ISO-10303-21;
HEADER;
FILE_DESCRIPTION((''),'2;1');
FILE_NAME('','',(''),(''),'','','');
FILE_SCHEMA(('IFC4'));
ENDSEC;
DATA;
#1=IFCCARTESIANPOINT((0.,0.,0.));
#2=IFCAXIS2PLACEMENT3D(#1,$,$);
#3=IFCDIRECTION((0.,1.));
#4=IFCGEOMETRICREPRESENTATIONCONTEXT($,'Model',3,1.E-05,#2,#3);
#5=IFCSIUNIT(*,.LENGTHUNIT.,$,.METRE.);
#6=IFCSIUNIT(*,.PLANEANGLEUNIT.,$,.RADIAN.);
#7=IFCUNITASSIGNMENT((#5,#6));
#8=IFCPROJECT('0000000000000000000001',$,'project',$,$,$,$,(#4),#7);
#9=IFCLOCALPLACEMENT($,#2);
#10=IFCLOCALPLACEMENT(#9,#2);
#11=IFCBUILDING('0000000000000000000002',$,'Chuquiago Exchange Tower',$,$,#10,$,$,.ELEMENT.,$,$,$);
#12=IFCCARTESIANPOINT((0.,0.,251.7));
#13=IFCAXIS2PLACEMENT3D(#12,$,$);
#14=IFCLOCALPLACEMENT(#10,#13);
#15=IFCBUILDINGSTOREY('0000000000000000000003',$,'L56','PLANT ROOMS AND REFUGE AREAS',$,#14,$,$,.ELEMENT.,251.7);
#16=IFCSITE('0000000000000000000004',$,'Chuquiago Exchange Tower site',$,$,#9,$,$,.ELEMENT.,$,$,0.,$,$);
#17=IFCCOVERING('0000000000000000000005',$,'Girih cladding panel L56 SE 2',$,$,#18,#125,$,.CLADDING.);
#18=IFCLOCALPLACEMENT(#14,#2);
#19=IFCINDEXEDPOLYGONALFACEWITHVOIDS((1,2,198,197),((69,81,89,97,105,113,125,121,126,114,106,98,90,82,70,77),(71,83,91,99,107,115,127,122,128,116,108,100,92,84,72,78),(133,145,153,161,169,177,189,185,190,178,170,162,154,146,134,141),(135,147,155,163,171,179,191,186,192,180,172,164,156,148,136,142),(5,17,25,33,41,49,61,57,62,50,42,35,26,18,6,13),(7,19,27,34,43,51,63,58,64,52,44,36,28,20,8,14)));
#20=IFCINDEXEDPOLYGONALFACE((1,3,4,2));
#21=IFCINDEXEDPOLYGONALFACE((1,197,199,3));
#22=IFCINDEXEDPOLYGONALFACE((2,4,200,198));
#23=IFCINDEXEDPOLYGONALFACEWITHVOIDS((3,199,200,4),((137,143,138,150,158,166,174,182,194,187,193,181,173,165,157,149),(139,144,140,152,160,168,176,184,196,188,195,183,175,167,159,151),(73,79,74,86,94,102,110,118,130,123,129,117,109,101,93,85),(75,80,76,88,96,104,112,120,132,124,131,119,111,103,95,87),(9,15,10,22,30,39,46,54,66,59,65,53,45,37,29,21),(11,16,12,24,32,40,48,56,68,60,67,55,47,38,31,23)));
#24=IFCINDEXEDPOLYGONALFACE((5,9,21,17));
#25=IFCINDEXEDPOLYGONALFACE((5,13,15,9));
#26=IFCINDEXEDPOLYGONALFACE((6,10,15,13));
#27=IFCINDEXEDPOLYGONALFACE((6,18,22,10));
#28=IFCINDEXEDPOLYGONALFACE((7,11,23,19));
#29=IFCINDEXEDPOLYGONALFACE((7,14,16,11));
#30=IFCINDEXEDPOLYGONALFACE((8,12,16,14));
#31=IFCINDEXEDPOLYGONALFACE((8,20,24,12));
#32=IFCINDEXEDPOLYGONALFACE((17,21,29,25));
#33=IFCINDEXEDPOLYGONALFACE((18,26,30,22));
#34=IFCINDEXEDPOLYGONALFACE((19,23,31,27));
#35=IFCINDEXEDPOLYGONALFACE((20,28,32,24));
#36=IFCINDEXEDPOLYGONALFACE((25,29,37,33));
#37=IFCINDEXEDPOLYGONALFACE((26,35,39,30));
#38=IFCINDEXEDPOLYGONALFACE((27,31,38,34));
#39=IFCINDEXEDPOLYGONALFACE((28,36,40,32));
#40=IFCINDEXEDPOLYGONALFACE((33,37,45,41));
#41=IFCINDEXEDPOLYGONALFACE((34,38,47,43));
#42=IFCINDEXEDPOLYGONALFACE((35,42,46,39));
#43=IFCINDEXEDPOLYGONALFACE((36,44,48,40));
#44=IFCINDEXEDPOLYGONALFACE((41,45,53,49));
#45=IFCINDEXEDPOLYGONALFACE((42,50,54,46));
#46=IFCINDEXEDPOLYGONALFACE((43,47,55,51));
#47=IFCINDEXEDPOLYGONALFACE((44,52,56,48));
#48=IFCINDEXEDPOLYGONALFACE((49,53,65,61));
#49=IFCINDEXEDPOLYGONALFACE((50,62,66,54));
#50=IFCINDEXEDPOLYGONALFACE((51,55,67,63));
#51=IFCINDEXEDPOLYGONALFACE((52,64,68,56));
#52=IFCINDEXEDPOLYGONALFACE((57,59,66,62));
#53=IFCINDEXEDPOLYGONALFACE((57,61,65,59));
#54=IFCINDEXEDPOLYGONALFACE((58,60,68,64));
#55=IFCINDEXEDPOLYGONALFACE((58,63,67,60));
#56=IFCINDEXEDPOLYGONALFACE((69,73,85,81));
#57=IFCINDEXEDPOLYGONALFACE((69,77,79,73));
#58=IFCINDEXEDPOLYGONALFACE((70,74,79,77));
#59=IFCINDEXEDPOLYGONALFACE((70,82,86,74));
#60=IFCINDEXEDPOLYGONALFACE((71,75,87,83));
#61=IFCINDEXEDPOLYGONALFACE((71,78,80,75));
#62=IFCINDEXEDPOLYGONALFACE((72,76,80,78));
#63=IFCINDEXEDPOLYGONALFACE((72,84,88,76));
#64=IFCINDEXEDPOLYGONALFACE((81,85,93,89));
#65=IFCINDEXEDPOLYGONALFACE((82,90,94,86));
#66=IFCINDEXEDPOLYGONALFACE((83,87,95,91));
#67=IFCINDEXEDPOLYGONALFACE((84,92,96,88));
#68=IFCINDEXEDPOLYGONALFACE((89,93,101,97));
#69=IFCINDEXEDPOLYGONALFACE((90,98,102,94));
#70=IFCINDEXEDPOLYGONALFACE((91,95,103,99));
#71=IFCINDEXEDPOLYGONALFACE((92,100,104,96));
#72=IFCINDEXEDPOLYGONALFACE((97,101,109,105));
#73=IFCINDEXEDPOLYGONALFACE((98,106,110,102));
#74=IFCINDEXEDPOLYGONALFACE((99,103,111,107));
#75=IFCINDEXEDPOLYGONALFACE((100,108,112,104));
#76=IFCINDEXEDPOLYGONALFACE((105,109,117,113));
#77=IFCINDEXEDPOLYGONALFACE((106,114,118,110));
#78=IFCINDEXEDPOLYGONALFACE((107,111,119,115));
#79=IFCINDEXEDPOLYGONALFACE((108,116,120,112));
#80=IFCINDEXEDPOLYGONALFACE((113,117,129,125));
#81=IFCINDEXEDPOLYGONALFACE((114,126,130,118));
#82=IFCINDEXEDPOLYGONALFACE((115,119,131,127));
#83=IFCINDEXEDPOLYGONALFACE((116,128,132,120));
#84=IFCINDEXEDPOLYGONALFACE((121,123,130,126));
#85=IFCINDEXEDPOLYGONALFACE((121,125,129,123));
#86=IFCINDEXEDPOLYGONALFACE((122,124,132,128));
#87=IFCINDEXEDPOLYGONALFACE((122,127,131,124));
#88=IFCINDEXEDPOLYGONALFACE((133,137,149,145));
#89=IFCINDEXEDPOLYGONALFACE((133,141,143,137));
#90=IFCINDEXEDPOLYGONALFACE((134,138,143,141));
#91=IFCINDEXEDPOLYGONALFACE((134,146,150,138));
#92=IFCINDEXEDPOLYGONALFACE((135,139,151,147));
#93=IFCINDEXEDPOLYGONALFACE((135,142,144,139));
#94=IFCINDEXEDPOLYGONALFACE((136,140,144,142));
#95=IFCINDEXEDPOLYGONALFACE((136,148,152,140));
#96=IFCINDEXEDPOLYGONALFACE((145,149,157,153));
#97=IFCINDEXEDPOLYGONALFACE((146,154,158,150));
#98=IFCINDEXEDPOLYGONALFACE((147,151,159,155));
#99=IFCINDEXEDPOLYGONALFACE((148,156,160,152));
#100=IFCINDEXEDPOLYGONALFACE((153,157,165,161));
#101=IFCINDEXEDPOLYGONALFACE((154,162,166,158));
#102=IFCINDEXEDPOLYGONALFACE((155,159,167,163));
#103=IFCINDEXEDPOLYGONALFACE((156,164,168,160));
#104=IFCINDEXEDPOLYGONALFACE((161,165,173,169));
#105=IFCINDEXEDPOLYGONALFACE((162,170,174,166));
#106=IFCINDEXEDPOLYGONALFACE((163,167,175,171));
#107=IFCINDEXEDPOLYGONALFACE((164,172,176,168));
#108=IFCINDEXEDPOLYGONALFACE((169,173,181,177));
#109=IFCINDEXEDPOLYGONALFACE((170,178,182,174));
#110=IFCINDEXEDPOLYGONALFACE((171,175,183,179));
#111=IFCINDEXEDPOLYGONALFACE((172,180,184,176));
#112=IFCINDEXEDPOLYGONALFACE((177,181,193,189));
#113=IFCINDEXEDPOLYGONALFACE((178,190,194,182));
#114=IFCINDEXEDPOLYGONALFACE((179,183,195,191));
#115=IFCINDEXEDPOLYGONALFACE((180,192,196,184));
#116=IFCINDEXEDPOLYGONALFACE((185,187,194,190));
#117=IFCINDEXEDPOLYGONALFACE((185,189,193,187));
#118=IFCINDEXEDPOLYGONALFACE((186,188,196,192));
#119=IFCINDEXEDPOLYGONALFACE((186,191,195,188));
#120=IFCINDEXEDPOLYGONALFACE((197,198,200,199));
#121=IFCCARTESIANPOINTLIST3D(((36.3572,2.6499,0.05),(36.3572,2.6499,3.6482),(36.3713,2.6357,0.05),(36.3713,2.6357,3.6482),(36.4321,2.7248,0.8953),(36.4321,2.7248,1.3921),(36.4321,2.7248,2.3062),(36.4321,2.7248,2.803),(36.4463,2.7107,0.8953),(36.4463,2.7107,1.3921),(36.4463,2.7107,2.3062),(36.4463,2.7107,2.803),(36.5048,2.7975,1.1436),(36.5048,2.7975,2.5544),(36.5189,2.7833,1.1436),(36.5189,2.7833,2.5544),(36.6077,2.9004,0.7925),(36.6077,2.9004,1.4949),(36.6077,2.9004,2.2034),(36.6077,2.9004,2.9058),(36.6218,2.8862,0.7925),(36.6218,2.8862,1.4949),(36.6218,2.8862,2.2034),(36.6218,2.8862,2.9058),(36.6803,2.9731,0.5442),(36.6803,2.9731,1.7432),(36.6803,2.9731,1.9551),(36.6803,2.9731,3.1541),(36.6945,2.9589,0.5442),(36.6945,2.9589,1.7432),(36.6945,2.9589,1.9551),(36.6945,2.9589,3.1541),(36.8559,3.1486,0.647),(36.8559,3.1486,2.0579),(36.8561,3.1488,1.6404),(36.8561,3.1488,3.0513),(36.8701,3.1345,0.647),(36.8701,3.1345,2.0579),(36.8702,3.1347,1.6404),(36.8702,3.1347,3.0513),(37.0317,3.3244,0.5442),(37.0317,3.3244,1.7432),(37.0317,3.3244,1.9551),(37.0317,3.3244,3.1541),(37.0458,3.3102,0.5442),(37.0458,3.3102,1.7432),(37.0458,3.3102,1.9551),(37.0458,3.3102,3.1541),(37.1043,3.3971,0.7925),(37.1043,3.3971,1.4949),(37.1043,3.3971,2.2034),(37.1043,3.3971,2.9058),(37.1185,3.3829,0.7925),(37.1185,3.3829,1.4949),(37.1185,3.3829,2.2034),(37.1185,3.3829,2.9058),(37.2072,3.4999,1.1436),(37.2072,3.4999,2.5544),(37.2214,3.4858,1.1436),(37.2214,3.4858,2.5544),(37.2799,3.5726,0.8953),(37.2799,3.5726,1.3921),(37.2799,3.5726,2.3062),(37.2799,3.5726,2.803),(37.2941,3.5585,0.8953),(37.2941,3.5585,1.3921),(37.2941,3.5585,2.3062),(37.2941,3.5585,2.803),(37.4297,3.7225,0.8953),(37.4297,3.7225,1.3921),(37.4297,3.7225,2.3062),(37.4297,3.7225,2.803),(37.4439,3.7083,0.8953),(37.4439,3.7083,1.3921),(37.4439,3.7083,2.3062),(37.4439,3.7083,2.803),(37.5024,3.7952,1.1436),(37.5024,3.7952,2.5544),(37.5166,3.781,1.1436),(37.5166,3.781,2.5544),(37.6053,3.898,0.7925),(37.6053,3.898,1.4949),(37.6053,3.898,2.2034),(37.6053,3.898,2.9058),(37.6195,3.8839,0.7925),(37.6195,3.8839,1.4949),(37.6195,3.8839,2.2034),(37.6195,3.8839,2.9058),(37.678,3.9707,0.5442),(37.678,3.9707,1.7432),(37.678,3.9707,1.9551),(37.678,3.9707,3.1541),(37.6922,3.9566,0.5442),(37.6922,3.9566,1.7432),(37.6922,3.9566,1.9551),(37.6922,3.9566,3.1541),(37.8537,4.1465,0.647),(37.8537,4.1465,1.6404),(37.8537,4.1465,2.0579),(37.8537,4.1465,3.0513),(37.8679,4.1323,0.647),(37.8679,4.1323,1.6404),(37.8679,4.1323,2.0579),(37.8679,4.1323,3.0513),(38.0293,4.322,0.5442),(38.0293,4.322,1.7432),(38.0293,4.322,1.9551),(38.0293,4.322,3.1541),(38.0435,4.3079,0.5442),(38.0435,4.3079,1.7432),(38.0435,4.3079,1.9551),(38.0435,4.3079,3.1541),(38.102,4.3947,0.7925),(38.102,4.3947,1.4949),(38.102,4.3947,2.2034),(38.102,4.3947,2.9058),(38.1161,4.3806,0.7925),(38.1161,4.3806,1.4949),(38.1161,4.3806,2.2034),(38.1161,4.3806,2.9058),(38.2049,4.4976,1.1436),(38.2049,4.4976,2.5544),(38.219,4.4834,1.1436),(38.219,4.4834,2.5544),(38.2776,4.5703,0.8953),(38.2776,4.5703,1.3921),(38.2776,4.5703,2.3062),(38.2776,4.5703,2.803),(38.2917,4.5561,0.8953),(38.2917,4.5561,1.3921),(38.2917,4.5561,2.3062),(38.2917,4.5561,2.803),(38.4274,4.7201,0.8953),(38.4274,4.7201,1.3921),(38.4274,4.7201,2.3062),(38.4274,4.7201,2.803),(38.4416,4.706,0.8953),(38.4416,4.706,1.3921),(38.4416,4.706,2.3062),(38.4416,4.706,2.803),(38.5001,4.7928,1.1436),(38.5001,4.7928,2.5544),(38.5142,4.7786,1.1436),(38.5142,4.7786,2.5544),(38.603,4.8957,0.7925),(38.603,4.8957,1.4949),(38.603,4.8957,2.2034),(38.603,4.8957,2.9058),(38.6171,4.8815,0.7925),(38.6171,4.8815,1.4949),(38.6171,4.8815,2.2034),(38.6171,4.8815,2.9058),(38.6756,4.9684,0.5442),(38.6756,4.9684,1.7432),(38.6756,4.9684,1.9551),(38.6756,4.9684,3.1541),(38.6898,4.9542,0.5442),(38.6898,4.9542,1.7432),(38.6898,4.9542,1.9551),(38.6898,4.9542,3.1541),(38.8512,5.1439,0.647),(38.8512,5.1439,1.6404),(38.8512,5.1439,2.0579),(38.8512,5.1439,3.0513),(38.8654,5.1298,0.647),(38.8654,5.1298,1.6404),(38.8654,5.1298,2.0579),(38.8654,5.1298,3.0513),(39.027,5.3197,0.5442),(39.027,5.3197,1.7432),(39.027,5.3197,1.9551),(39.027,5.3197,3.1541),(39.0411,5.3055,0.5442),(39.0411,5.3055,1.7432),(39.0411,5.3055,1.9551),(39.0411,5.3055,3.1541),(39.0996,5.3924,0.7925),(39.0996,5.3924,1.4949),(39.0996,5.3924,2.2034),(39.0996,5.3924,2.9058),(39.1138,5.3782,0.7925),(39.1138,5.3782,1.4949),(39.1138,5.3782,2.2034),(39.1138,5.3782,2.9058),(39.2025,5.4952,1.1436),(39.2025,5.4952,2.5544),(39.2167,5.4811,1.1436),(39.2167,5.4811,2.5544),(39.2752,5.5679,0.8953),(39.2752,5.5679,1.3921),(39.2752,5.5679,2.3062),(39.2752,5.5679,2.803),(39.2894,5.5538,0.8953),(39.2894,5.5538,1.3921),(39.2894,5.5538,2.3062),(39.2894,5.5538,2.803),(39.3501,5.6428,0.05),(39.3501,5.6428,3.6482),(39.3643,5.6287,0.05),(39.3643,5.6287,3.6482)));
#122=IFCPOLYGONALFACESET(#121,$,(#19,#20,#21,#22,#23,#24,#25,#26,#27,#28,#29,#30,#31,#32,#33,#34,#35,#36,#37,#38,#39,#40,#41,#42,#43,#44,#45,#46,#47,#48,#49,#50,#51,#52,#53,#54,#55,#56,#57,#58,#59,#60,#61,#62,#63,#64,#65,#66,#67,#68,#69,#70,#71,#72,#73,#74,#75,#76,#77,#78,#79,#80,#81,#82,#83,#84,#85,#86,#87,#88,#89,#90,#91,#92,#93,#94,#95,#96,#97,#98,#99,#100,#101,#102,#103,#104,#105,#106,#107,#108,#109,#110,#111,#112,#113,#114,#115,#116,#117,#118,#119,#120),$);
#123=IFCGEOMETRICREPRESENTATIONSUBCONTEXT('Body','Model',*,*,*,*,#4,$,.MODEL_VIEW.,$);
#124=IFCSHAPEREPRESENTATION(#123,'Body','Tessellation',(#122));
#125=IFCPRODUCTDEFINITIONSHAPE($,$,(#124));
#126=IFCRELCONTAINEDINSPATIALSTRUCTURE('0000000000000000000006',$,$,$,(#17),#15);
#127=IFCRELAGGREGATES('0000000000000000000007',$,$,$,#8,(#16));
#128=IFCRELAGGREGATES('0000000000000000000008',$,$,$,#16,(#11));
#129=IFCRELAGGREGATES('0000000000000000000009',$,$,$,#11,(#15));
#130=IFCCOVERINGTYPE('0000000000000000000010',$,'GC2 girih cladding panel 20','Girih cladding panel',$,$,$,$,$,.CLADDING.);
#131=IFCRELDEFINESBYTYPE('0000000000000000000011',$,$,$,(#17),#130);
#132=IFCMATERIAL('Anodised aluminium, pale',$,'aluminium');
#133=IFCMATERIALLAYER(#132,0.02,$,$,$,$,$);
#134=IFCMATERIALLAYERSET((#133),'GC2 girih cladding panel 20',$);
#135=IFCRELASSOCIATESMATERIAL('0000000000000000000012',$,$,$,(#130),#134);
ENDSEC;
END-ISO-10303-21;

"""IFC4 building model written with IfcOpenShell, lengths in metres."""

from ifc_helpers import new_model, si_unit, direction, frame, origin, place, context, subcontext, project, spatial, polyline, outline, extrude, material, layer, layer_set, type_object, element, save


model = new_model("IFC4")

# Units and contexts
model_context = context("Model", 3, precision=1e-05, world=origin(), true_north=direction((0.0, 1.0)))
body_context = subcontext(model_context, "Body", "Model", "MODEL_VIEW")
ifc_project = project(units=[si_unit("LENGTHUNIT", "METRE"), si_unit("PLANEANGLEUNIT", "RADIAN")], contexts=[model_context])

# Site, building, storey
site_placement = place(None, origin())
site = spatial("IfcSite", under=ifc_project, at=site_placement, Name="Chuquiago Exchange Tower site", CompositionType="ELEMENT", RefElevation=0.0)
building_placement = place(site_placement, origin())
building = spatial("IfcBuilding", under=site, at=building_placement, Name="Chuquiago Exchange Tower", CompositionType="ELEMENT")
storey_placement = place(building_placement, frame((0.0, 0.0, 251.7)))
storey = spatial("IfcBuildingStorey", under=building, at=storey_placement, Name="L56", Description="PLANT ROOMS AND REFUGE AREAS", CompositionType="ELEMENT", Elevation=251.7)

# Covering
ifc_material_1 = material(Name="Anodised aluminium, pale", Category="aluminium")
ifc_layer_1 = layer(ifc_material_1, 0.02)
ifc_layer_set_1 = layer_set([ifc_layer_1], Name="GC2 girih cladding panel 20")
covering_type = type_object("IfcCoveringType", Name="GC2 girih cladding panel 20", Description="Girih cladding panel", PredefinedType="CLADDING", material=ifc_layer_set_1)
covering_1_placement = place(storey_placement, frame((36.3572, 2.6499, 0.05), z_axis=(0.0, 0.0, 1.0), x_axis=(0.707107, 0.707107, 0.0)))
element("IfcCovering", 1, at=covering_1_placement, inside=storey, type_object=covering_type, Name="Girih cladding panel L56 SE 2", PredefinedType="CLADDING", context=body_context, shape_type="SweptSolid", body=[
    extrude(outline(polyline([(0.0, 0.0), (4.2327, 0.0), (4.2327, 3.5981), (0.0, 3.5981), (0.0, 0.0)]), holes=[polyline([(1.2021, 1.0935), (1.3049, 1.342), (1.0566, 1.4448), (0.9539, 1.6931), (0.7056, 1.5903), (0.457, 1.6931), (0.3542, 1.4448), (0.106, 1.342), (0.2087, 1.0935), (0.106, 0.8452), (0.3542, 0.7424), (0.457, 0.4941), (0.7053, 0.5969), (0.9539, 0.4941), (1.0566, 0.7424), (1.3049, 0.8452), (1.2021, 1.0935)]), polyline([(2.613, 1.0935), (2.7158, 1.342), (2.4675, 1.4448), (2.3647, 1.6931), (2.1165, 1.5903), (1.8679, 1.6931), (1.7651, 1.4448), (1.5168, 1.342), (1.6196, 1.0935), (1.5168, 0.8452), (1.7651, 0.7424), (1.8679, 0.4941), (2.1165, 0.5969), (2.3647, 0.4941), (2.4675, 0.7424), (2.7158, 0.8452), (2.613, 1.0935)]), polyline([(4.0239, 1.0935), (4.1267, 1.342), (3.8784, 1.4448), (3.7756, 1.6931), (3.5271, 1.5903), (3.2788, 1.6931), (3.176, 1.4448), (2.9277, 1.342), (3.0305, 1.0935), (2.9277, 0.8452), (3.176, 0.7424), (3.2788, 0.4941), (3.5271, 0.5969), (3.7756, 0.4941), (3.8784, 0.7424), (4.1267, 0.8452), (4.0239, 1.0935)]), polyline([(1.2021, 2.5044), (1.3049, 2.7529), (1.0566, 2.8557), (0.9539, 3.104), (0.7056, 3.0012), (0.457, 3.104), (0.3542, 2.8557), (0.106, 2.7529), (0.2087, 2.5044), (0.106, 2.2561), (0.3542, 2.1533), (0.457, 1.905), (0.7053, 2.0078), (0.9539, 1.905), (1.0566, 2.1533), (1.3049, 2.2561), (1.2021, 2.5044)]), polyline([(2.613, 2.5044), (2.7158, 2.7529), (2.4675, 2.8557), (2.3647, 3.104), (2.1165, 3.0012), (1.8679, 3.104), (1.7651, 2.8557), (1.5168, 2.7529), (1.6196, 2.5044), (1.5168, 2.2561), (1.7651, 2.1533), (1.8679, 1.905), (2.1165, 2.0078), (2.3647, 1.905), (2.4675, 2.1533), (2.7158, 2.2561), (2.613, 2.5044)]), polyline([(4.0239, 2.5044), (4.1267, 2.7529), (3.8784, 2.8557), (3.7756, 3.104), (3.5271, 3.0012), (3.2788, 3.104), (3.176, 2.8557), (2.9277, 2.7529), (3.0305, 2.5044), (2.9277, 2.2561), (3.176, 2.1533), (3.2788, 1.905), (3.5271, 2.0078), (3.7756, 1.905), (3.8784, 2.1533), (4.1267, 2.2561), (4.0239, 2.5044)])]), frame((0.0, 0.0, 0.0), z_axis=(0.0, -1.0, 0.0), x_axis=(1.0, 0.0, 0.0)), (0.0, 0.0, 1.0), 0.02),
])

save(model, "model.ifc")
